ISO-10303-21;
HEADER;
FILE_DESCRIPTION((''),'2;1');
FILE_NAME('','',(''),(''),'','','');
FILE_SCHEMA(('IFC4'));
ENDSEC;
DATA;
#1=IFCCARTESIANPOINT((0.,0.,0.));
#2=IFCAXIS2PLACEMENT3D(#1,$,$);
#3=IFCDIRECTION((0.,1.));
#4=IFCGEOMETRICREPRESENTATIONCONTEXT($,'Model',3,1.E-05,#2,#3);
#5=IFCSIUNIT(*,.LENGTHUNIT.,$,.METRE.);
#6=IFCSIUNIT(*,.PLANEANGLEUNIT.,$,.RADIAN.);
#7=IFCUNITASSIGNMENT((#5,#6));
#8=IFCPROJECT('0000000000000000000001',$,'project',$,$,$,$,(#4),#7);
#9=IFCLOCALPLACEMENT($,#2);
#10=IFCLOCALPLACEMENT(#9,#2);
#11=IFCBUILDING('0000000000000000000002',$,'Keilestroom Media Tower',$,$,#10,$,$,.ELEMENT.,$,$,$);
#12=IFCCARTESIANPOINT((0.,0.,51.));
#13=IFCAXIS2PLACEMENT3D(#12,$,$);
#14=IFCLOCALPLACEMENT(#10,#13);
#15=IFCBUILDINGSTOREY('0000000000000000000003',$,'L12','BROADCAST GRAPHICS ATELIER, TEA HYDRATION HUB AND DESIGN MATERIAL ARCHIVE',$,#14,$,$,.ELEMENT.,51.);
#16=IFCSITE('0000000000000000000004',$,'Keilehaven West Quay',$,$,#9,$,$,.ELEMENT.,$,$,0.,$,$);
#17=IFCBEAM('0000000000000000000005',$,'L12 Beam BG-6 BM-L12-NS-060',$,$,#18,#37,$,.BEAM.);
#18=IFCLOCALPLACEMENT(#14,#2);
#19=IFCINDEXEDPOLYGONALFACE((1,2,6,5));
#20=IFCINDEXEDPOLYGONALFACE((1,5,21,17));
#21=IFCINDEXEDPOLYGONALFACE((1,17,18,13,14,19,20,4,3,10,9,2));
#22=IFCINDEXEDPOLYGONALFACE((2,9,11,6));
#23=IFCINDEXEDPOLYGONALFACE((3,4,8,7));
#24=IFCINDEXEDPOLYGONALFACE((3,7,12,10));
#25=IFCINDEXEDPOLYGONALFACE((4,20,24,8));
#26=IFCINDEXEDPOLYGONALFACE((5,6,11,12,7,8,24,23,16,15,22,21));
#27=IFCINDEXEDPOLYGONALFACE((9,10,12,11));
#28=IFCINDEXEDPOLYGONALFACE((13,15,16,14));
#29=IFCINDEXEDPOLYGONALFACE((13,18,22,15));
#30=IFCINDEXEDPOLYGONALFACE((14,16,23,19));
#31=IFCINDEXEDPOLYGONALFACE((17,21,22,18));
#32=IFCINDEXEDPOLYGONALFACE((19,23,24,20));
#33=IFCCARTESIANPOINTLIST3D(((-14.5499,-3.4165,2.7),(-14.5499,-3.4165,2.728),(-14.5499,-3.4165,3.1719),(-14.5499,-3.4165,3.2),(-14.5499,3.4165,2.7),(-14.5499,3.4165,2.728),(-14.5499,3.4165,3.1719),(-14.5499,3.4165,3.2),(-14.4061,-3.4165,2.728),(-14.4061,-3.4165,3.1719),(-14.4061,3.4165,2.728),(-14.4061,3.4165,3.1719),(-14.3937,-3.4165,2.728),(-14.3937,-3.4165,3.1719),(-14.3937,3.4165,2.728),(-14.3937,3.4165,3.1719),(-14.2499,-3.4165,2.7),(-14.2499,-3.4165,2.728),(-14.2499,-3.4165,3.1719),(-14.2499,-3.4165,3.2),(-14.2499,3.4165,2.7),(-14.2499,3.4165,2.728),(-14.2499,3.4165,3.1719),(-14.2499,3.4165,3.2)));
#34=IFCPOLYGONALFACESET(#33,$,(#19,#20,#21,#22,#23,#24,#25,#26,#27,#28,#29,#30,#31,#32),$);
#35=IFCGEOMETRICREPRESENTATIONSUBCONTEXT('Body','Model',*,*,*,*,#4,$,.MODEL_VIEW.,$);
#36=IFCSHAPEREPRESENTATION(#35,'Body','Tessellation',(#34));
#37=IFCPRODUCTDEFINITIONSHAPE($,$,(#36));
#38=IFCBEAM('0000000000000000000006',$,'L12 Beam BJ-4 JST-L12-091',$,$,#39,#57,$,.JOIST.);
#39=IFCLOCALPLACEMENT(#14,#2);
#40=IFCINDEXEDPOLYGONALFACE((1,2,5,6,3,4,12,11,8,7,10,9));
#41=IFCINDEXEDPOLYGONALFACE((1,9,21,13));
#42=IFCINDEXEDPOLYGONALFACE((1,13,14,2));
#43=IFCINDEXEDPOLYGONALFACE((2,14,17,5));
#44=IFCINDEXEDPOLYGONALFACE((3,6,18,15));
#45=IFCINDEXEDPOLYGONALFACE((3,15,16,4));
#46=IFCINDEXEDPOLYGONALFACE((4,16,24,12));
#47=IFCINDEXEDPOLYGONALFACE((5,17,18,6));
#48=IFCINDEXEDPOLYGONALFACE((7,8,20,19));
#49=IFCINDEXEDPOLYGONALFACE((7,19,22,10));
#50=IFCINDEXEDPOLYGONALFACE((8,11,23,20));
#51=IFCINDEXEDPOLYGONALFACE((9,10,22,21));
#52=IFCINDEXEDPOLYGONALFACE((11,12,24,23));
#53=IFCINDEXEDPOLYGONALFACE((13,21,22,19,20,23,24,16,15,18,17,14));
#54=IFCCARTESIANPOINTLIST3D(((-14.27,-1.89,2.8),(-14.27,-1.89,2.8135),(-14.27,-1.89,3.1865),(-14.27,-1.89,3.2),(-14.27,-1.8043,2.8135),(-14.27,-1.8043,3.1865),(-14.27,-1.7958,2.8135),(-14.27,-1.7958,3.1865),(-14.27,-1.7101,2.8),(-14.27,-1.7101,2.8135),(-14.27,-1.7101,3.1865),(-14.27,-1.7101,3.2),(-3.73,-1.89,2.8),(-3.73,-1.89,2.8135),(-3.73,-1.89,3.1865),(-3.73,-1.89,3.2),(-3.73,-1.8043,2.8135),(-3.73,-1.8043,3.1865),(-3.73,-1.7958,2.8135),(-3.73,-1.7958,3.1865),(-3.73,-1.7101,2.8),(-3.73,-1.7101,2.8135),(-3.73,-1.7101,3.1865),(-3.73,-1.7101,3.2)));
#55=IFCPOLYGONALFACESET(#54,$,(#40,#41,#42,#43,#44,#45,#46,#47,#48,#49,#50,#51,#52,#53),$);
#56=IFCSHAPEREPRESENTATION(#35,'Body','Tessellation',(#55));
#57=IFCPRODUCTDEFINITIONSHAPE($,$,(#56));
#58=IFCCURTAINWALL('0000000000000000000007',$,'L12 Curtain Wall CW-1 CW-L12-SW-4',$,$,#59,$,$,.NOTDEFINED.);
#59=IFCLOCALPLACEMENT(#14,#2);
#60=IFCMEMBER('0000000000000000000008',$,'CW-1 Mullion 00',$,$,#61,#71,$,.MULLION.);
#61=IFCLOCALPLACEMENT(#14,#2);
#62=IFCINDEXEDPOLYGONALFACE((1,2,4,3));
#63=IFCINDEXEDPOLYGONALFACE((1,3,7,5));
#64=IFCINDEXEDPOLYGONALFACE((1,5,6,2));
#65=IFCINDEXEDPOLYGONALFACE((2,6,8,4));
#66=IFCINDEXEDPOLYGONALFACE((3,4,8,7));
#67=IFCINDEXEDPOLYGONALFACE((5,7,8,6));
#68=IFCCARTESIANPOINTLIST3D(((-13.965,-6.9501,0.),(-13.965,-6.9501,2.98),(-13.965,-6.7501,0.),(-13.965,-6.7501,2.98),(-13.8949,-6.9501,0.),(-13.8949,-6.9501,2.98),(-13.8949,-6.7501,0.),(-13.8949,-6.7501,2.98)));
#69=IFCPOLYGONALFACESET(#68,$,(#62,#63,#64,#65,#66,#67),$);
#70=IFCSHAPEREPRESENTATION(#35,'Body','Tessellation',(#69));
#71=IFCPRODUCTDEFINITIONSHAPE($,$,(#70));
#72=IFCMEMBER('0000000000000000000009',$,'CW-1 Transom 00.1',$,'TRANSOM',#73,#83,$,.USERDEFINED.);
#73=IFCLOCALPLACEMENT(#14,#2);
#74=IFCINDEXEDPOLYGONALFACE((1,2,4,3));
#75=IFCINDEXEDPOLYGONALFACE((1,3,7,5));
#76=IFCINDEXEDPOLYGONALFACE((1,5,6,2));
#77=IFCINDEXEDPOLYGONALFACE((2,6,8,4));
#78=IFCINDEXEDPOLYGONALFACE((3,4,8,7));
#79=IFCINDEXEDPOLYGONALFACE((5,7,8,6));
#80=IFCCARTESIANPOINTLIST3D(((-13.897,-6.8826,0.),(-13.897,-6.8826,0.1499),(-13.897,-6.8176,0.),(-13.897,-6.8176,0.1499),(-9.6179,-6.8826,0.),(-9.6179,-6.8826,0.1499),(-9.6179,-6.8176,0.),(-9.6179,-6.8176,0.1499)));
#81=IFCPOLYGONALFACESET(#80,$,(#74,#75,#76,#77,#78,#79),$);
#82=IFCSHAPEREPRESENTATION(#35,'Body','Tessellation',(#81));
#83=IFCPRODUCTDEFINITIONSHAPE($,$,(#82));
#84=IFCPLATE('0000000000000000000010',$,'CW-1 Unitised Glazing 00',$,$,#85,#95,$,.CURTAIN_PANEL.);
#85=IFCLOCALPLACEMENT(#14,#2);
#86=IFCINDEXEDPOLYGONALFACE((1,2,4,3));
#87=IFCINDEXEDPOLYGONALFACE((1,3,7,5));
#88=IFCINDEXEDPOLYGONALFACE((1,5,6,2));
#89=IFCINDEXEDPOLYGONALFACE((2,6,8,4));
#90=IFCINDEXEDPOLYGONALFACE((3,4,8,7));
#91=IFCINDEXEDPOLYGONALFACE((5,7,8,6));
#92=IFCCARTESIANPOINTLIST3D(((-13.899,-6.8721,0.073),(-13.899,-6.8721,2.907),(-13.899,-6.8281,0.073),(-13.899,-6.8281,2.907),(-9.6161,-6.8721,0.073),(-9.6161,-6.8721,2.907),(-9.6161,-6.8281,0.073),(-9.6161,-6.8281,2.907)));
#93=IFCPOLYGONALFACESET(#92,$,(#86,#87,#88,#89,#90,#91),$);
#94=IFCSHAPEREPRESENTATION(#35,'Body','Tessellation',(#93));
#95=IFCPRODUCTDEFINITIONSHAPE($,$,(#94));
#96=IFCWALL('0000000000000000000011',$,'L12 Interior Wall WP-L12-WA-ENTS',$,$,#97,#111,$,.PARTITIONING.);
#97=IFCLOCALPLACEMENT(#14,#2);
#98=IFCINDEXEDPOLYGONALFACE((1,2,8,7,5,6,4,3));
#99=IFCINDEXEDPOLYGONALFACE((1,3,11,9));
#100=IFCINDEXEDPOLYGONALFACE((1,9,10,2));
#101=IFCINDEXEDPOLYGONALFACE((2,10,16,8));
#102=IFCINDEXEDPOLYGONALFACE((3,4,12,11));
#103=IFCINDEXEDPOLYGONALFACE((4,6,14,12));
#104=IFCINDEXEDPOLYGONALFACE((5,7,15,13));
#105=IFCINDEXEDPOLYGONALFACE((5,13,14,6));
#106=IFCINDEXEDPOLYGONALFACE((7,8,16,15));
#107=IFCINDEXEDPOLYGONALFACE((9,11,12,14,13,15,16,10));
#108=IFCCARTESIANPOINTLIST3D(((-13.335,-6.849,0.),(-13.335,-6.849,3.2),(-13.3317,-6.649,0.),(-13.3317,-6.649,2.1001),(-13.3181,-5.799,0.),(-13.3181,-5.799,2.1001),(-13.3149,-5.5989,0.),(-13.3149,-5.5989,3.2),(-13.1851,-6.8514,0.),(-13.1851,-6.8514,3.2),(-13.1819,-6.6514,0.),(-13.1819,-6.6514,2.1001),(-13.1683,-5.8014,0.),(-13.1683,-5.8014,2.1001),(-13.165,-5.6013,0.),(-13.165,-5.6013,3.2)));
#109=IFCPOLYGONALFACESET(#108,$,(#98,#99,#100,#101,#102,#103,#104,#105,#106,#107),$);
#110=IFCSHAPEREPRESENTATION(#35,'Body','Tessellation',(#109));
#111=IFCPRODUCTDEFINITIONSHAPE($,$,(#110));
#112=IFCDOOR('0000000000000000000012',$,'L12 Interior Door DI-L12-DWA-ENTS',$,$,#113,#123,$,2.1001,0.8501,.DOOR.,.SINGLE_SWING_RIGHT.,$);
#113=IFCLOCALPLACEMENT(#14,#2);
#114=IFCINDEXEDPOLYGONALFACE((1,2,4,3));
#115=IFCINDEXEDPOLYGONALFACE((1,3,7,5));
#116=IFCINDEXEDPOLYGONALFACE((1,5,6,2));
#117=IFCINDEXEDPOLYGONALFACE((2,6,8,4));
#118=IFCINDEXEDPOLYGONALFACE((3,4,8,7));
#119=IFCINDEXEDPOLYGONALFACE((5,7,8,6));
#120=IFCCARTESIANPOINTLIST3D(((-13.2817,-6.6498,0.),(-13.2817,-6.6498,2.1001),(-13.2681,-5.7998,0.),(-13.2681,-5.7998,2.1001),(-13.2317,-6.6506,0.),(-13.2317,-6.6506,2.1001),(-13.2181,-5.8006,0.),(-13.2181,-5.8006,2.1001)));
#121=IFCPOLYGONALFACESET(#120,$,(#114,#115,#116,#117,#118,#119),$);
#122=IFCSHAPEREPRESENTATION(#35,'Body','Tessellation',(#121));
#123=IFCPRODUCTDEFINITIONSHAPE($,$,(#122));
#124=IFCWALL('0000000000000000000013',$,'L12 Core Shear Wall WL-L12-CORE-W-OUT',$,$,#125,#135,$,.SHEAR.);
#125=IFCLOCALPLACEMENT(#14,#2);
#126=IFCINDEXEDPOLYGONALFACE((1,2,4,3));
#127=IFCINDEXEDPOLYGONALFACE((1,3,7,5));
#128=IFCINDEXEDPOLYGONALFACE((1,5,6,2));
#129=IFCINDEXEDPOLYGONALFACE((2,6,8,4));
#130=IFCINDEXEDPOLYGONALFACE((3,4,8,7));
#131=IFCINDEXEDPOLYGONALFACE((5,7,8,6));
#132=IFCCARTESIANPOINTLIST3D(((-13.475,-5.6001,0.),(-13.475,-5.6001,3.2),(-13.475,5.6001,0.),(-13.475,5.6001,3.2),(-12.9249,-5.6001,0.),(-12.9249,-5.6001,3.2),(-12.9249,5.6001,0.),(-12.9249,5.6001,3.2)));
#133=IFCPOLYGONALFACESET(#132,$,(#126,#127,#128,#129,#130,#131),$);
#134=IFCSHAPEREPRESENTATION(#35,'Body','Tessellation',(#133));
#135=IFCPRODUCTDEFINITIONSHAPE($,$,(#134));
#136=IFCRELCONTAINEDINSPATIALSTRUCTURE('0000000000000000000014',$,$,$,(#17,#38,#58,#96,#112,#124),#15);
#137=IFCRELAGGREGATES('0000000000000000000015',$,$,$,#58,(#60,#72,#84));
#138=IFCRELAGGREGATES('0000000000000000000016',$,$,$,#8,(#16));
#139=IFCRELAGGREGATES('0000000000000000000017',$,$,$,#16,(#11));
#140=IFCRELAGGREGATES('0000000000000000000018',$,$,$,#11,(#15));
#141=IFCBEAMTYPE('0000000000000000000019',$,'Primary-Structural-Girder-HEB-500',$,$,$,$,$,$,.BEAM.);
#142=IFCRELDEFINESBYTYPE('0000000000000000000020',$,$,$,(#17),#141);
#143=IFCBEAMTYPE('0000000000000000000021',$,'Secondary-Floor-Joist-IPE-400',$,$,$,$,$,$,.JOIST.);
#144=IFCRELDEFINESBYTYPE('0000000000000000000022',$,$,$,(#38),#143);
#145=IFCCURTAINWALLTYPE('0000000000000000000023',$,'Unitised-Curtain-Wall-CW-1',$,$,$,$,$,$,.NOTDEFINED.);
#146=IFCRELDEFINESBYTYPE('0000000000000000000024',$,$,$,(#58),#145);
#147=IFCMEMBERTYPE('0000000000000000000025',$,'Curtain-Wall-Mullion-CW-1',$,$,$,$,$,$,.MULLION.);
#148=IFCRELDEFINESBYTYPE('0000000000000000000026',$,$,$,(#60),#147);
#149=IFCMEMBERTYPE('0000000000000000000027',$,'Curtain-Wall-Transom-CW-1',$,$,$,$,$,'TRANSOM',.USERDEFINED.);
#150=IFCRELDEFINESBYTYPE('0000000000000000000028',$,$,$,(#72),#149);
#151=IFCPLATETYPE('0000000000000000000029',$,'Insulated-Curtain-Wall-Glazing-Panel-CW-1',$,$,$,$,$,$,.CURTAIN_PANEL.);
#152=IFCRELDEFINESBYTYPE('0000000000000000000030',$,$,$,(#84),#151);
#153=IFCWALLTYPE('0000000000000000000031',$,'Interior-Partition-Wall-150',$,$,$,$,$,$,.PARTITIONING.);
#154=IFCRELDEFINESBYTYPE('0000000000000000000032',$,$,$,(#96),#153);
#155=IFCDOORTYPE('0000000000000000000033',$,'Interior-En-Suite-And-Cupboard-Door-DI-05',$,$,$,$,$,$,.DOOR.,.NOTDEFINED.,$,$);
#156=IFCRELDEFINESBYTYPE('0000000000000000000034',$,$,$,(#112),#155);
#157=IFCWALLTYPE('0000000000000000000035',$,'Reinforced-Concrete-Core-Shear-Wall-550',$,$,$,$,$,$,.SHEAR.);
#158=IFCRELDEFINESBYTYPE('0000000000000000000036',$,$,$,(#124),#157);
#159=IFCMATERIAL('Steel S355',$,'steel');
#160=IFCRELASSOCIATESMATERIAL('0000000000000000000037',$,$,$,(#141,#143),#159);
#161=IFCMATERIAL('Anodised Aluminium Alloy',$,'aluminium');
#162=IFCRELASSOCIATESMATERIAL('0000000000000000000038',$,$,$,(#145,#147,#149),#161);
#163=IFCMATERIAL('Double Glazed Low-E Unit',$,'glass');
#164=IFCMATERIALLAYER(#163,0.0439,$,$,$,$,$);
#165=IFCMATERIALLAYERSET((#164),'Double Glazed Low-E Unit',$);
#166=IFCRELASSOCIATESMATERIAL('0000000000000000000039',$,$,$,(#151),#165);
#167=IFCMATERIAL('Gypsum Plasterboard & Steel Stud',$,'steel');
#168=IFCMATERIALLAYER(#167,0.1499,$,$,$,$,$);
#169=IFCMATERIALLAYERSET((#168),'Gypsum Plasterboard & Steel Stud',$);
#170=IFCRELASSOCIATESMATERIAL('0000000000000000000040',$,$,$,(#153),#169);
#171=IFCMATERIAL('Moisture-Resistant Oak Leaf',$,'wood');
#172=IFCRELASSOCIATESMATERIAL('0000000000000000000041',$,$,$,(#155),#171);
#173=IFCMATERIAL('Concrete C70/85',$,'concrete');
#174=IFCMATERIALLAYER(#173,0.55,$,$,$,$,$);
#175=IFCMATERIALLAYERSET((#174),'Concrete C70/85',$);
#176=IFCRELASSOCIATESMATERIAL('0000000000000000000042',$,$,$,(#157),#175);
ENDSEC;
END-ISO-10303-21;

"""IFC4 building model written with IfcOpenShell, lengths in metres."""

from ifc_helpers import new_model, si_unit, direction, frame, frame_2d, origin, origin_2d, place, context, subcontext, project, spatial, rectangle, i_section, extrude, source, transform, mapped, material, layer, layer_set, material_profile, profile_set, type_object, element, fill, aggregate, save


model = new_model("IFC4")

# Units and contexts
model_context = context("Model", 3, precision=1e-05, world=origin(), true_north=direction((0.0, 1.0)))
body_context = subcontext(model_context, "Body", "Model", "MODEL_VIEW")
ifc_project = project(units=[si_unit("LENGTHUNIT", "METRE"), si_unit("PLANEANGLEUNIT", "RADIAN")], contexts=[model_context])

# Site, building, storey
site_placement = place(None, origin())
site = spatial("IfcSite", under=ifc_project, at=site_placement, Name="Keilehaven West Quay", CompositionType="ELEMENT", RefElevation=0.0)
building_placement = place(site_placement, origin())
building = spatial("IfcBuilding", under=site, at=building_placement, Name="Keilestroom Media Tower", CompositionType="ELEMENT")
storey_placement = place(building_placement, frame((0.0, 0.0, 51.0)))
storey = spatial("IfcBuildingStorey", under=building, at=storey_placement, Name="L12", Description="BROADCAST GRAPHICS ATELIER, TEA HYDRATION HUB AND DESIGN MATERIAL ARCHIVE", CompositionType="ELEMENT", Elevation=51.0)

# Beams
ifc_material_1 = material(Name="Steel S355", Category="steel")
ifc_material_profile_1 = material_profile(ifc_material_1, i_section(OverallWidth=0.3, OverallDepth=0.5, WebThickness=0.0125, FlangeThickness=0.0281, at=origin_2d()), Name="HEB 500")
ifc_profile_set_1 = profile_set([ifc_material_profile_1], Name="Steel S355")
beam_type_1 = type_object("IfcBeamType", Name="Primary-Structural-Girder-HEB-500", PredefinedType="BEAM", material=ifc_profile_set_1)
shared_shape_1 = source(origin(), body_context, "Body", "SweptSolid", [
    extrude(i_section(OverallWidth=0.3, OverallDepth=0.5, WebThickness=0.0125, FlangeThickness=0.0281, at=origin_2d()), origin(), (0.0, 0.0, 1.0), 6.833),
])
beam_1_placement = place(storey_placement, frame((-14.3999, -3.4165, 2.95), z_axis=(0.0, 1.0, 0.0), x_axis=(-1.0, 0.0, 0.0)))
element("IfcBeam", 1, at=beam_1_placement, inside=storey, type_object=beam_type_1, Name="L12 Beam BG-6 BM-L12-NS-060", PredefinedType="BEAM", context=body_context, shape_type="MappedRepresentation", body=[
    mapped(shared_shape_1, transform((0.0, 0.0, 0.0), x_axis=(1.0, 0.0, 0.0), y_axis=(0.0, 1.0, 0.0), z_axis=(0.0, 0.0, 1.0), scale=1.0)),
])
ifc_material_profile_2 = material_profile(ifc_material_1, i_section(OverallWidth=0.1799, OverallDepth=0.3999, WebThickness=0.0085, FlangeThickness=0.0134, at=origin_2d()), Name="IPE 400")
ifc_profile_set_2 = profile_set([ifc_material_profile_2], Name="Steel S355")
beam_type_2 = type_object("IfcBeamType", Name="Secondary-Floor-Joist-IPE-400", PredefinedType="JOIST", material=ifc_profile_set_2)
shared_shape_2 = source(origin(), body_context, "Body", "SweptSolid", [
    extrude(i_section(OverallWidth=0.1799, OverallDepth=0.3999, WebThickness=0.0085, FlangeThickness=0.0134, at=origin_2d()), origin(), (0.0, 0.0, 1.0), 10.54),
])
beam_2_placement = place(storey_placement, frame((-14.27, -1.8, 3.0), z_axis=(1.0, 0.0, 0.0), x_axis=(0.0, 1.0, 0.0)))
element("IfcBeam", 2, at=beam_2_placement, inside=storey, type_object=beam_type_2, Name="L12 Beam BJ-4 JST-L12-091", PredefinedType="JOIST", context=body_context, shape_type="MappedRepresentation", body=[
    mapped(shared_shape_2, transform((0.0, 0.0, 0.0), x_axis=(1.0, 0.0, 0.0), y_axis=(0.0, 1.0, 0.0), z_axis=(0.0, 0.0, 1.0), scale=1.0)),
])

# Curtain wall, members, plate
ifc_material_2 = material(Name="Anodised Aluminium Alloy", Category="aluminium")
curtain_wall_type = type_object("IfcCurtainWallType", Name="Unitised-Curtain-Wall-CW-1", PredefinedType="NOTDEFINED", material=ifc_material_2)
curtain_wall_placement = place(storey_placement, origin())
curtain_wall = element("IfcCurtainWall", 3, at=curtain_wall_placement, inside=storey, type_object=curtain_wall_type, Name="L12 Curtain Wall CW-1 CW-L12-SW-4", PredefinedType="NOTDEFINED")
ifc_material_profile_3 = material_profile(ifc_material_2, rectangle(XDim=0.0701, YDim=0.2, at=origin_2d()), Name="ALU MULLION 70x200")
ifc_profile_set_3 = profile_set([ifc_material_profile_3], Name="Anodised Aluminium Alloy")
member_type_1 = type_object("IfcMemberType", Name="Curtain-Wall-Mullion-CW-1", PredefinedType="MULLION", material=ifc_profile_set_3)
shared_shape_3 = source(origin(), body_context, "Body", "SweptSolid", [
    extrude(rectangle(XDim=0.0701, YDim=0.2, at=origin_2d()), origin(), (0.0, 0.0, 1.0), 2.98),
])
member_1_placement = place(storey_placement, frame((-13.9299, -6.8501, 0.0), z_axis=(0.0, 0.0, 1.0), x_axis=(1.0, 0.0, 0.0)))
member_1 = element("IfcMember", 4, at=member_1_placement, type_object=member_type_1, Name="CW-1 Mullion 00", PredefinedType="MULLION", context=body_context, shape_type="MappedRepresentation", body=[
    mapped(shared_shape_3, transform((0.0, 0.0, 0.0), x_axis=(1.0, 0.0, 0.0), y_axis=(0.0, 1.0, 0.0), z_axis=(0.0, 0.0, 1.0), scale=1.0)),
])
ifc_material_profile_4 = material_profile(ifc_material_2, rectangle(XDim=0.0649, YDim=0.1499, at=origin_2d()), Name="ALU TRANSOM 65x150")
ifc_profile_set_4 = profile_set([ifc_material_profile_4], Name="Anodised Aluminium Alloy")
member_type_2 = type_object("IfcMemberType", Name="Curtain-Wall-Transom-CW-1", ElementType="TRANSOM", PredefinedType="USERDEFINED", material=ifc_profile_set_4)
shared_shape_4 = source(origin(), body_context, "Body", "SweptSolid", [
    extrude(rectangle(XDim=0.0649, YDim=0.1499, at=origin_2d()), origin(), (0.0, 0.0, 1.0), 4.2791),
])
member_2_placement = place(storey_placement, frame((-13.897, -6.8501, 0.075), z_axis=(1.0, 0.0, 0.0), x_axis=(0.0, 1.0, 0.0)))
member_2 = element("IfcMember", 5, at=member_2_placement, type_object=member_type_2, Name="CW-1 Transom 00.1", ObjectType="TRANSOM", PredefinedType="USERDEFINED", context=body_context, shape_type="MappedRepresentation", body=[
    mapped(shared_shape_4, transform((0.0, 0.0, 0.0), x_axis=(1.0, 0.0, 0.0), y_axis=(0.0, 1.0, 0.0), z_axis=(0.0, 0.0, 1.0), scale=1.0)),
])
ifc_material_3 = material(Name="Double Glazed Low-E Unit", Category="glass")
ifc_layer_1 = layer(ifc_material_3, 0.0439)
ifc_layer_set_1 = layer_set([ifc_layer_1], Name="Double Glazed Low-E Unit")
plate_type = type_object("IfcPlateType", Name="Insulated-Curtain-Wall-Glazing-Panel-CW-1", PredefinedType="CURTAIN_PANEL", material=ifc_layer_set_1)
shared_shape_5 = source(origin(), body_context, "Body", "SweptSolid", [
    extrude(rectangle(XDim=4.283, YDim=0.0439, at=origin_2d()), origin(), (0.0, 0.0, 1.0), 2.834),
])
plate_placement = place(storey_placement, frame((-11.7576, -6.8501, 0.073), z_axis=(0.0, 0.0, 1.0), x_axis=(1.0, 0.0, 0.0)))
plate = element("IfcPlate", 6, at=plate_placement, type_object=plate_type, Name="CW-1 Unitised Glazing 00", PredefinedType="CURTAIN_PANEL", context=body_context, shape_type="MappedRepresentation", body=[
    mapped(shared_shape_5, transform((0.0, 0.0, 0.0), x_axis=(1.0, 0.0, 0.0), y_axis=(0.0, 1.0, 0.0), z_axis=(0.0, 0.0, 1.0), scale=1.0)),
])
aggregate(curtain_wall, [member_1, member_2, plate])

# Wall, opening, door
ifc_material_4 = material(Name="Gypsum Plasterboard & Steel Stud", Category="steel")
ifc_layer_2 = layer(ifc_material_4, 0.1499)
ifc_layer_set_2 = layer_set([ifc_layer_2], Name="Gypsum Plasterboard & Steel Stud")
wall_type_1 = type_object("IfcWallType", Name="Interior-Partition-Wall-150", PredefinedType="PARTITIONING", material=ifc_layer_set_2)
wall_1_placement = place(storey_placement, frame((-13.26, -6.8501, 0.0), z_axis=(0.0, 0.0, 1.0), x_axis=(0.016014, 0.999872, 0.0)))
wall_1 = element("IfcWall", 7, at=wall_1_placement, inside=storey, type_object=wall_type_1, Name="L12 Interior Wall WP-L12-WA-ENTS", PredefinedType="PARTITIONING", context=body_context, shape_type="SweptSolid", body=[
    extrude(rectangle(XDim=1.2502, YDim=0.1499, at=frame_2d((0.625, 0.0))), origin(), (0.0, 0.0, 1.0), 3.2),
])
opening_1_placement = place(wall_1_placement, frame((0.2, 0.0, 0.0)))
opening_1 = element("IfcOpeningElement", 8, at=opening_1_placement, cuts=wall_1, PredefinedType="OPENING", context=body_context, shape_type="SweptSolid", body=[
    extrude(rectangle(XDim=0.8501, YDim=2.1001, at=frame_2d((0.425, 1.05))), frame((0.0, 0.085, 0.0), z_axis=(0.0, -1.0, 0.0), x_axis=(1.0, 0.0, 0.0)), (0.0, 0.0, 1.0), 0.1699),
])
ifc_material_5 = material(Name="Moisture-Resistant Oak Leaf", Category="wood")
door_type_1 = type_object("IfcDoorType", Name="Interior-En-Suite-And-Cupboard-Door-DI-05", OperationType="NOTDEFINED", PredefinedType="DOOR", material=ifc_material_5)
shared_shape_6 = source(origin(), body_context, "Body", "SweptSolid", [
    extrude(rectangle(XDim=0.8501, YDim=2.1001, at=frame_2d((0.425, 1.05))), frame((0.0, 0.0249, 0.0), z_axis=(0.0, -1.0, 0.0), x_axis=(1.0, 0.0, 0.0)), (0.0, 0.0, 1.0), 0.05),
])
door_1_placement = place(opening_1_placement, origin())
door_1 = element("IfcDoor", 9, at=door_1_placement, inside=storey, type_object=door_type_1, Name="L12 Interior Door DI-L12-DWA-ENTS", OperationType="SINGLE_SWING_RIGHT", OverallHeight=2.1001, OverallWidth=0.8501, PredefinedType="DOOR", context=body_context, shape_type="MappedRepresentation", body=[
    mapped(shared_shape_6, transform((0.0, 0.0, 0.0), x_axis=(1.0, 0.0, 0.0), y_axis=(0.0, 1.0, 0.0), z_axis=(0.0, 0.0, 1.0), scale=1.0)),
])
fill(opening_1, door_1)

# Wall
ifc_material_6 = material(Name="Concrete C70/85", Category="concrete")
ifc_layer_3 = layer(ifc_material_6, 0.55)
ifc_layer_set_3 = layer_set([ifc_layer_3], Name="Concrete C70/85")
wall_type_2 = type_object("IfcWallType", Name="Reinforced-Concrete-Core-Shear-Wall-550", PredefinedType="SHEAR", material=ifc_layer_set_3)
wall_2_placement = place(storey_placement, frame((-13.2, -5.6001, 0.0), z_axis=(0.0, 0.0, 1.0), x_axis=(0.0, 1.0, 0.0)))
element("IfcWall", 10, at=wall_2_placement, inside=storey, type_object=wall_type_2, Name="L12 Core Shear Wall WL-L12-CORE-W-OUT", PredefinedType="SHEAR", context=body_context, shape_type="SweptSolid", body=[
    extrude(rectangle(XDim=11.2002, YDim=0.55, at=frame_2d((5.6001, 0.0))), origin(), (0.0, 0.0, 1.0), 3.2),
])

save(model, "model.ifc")
